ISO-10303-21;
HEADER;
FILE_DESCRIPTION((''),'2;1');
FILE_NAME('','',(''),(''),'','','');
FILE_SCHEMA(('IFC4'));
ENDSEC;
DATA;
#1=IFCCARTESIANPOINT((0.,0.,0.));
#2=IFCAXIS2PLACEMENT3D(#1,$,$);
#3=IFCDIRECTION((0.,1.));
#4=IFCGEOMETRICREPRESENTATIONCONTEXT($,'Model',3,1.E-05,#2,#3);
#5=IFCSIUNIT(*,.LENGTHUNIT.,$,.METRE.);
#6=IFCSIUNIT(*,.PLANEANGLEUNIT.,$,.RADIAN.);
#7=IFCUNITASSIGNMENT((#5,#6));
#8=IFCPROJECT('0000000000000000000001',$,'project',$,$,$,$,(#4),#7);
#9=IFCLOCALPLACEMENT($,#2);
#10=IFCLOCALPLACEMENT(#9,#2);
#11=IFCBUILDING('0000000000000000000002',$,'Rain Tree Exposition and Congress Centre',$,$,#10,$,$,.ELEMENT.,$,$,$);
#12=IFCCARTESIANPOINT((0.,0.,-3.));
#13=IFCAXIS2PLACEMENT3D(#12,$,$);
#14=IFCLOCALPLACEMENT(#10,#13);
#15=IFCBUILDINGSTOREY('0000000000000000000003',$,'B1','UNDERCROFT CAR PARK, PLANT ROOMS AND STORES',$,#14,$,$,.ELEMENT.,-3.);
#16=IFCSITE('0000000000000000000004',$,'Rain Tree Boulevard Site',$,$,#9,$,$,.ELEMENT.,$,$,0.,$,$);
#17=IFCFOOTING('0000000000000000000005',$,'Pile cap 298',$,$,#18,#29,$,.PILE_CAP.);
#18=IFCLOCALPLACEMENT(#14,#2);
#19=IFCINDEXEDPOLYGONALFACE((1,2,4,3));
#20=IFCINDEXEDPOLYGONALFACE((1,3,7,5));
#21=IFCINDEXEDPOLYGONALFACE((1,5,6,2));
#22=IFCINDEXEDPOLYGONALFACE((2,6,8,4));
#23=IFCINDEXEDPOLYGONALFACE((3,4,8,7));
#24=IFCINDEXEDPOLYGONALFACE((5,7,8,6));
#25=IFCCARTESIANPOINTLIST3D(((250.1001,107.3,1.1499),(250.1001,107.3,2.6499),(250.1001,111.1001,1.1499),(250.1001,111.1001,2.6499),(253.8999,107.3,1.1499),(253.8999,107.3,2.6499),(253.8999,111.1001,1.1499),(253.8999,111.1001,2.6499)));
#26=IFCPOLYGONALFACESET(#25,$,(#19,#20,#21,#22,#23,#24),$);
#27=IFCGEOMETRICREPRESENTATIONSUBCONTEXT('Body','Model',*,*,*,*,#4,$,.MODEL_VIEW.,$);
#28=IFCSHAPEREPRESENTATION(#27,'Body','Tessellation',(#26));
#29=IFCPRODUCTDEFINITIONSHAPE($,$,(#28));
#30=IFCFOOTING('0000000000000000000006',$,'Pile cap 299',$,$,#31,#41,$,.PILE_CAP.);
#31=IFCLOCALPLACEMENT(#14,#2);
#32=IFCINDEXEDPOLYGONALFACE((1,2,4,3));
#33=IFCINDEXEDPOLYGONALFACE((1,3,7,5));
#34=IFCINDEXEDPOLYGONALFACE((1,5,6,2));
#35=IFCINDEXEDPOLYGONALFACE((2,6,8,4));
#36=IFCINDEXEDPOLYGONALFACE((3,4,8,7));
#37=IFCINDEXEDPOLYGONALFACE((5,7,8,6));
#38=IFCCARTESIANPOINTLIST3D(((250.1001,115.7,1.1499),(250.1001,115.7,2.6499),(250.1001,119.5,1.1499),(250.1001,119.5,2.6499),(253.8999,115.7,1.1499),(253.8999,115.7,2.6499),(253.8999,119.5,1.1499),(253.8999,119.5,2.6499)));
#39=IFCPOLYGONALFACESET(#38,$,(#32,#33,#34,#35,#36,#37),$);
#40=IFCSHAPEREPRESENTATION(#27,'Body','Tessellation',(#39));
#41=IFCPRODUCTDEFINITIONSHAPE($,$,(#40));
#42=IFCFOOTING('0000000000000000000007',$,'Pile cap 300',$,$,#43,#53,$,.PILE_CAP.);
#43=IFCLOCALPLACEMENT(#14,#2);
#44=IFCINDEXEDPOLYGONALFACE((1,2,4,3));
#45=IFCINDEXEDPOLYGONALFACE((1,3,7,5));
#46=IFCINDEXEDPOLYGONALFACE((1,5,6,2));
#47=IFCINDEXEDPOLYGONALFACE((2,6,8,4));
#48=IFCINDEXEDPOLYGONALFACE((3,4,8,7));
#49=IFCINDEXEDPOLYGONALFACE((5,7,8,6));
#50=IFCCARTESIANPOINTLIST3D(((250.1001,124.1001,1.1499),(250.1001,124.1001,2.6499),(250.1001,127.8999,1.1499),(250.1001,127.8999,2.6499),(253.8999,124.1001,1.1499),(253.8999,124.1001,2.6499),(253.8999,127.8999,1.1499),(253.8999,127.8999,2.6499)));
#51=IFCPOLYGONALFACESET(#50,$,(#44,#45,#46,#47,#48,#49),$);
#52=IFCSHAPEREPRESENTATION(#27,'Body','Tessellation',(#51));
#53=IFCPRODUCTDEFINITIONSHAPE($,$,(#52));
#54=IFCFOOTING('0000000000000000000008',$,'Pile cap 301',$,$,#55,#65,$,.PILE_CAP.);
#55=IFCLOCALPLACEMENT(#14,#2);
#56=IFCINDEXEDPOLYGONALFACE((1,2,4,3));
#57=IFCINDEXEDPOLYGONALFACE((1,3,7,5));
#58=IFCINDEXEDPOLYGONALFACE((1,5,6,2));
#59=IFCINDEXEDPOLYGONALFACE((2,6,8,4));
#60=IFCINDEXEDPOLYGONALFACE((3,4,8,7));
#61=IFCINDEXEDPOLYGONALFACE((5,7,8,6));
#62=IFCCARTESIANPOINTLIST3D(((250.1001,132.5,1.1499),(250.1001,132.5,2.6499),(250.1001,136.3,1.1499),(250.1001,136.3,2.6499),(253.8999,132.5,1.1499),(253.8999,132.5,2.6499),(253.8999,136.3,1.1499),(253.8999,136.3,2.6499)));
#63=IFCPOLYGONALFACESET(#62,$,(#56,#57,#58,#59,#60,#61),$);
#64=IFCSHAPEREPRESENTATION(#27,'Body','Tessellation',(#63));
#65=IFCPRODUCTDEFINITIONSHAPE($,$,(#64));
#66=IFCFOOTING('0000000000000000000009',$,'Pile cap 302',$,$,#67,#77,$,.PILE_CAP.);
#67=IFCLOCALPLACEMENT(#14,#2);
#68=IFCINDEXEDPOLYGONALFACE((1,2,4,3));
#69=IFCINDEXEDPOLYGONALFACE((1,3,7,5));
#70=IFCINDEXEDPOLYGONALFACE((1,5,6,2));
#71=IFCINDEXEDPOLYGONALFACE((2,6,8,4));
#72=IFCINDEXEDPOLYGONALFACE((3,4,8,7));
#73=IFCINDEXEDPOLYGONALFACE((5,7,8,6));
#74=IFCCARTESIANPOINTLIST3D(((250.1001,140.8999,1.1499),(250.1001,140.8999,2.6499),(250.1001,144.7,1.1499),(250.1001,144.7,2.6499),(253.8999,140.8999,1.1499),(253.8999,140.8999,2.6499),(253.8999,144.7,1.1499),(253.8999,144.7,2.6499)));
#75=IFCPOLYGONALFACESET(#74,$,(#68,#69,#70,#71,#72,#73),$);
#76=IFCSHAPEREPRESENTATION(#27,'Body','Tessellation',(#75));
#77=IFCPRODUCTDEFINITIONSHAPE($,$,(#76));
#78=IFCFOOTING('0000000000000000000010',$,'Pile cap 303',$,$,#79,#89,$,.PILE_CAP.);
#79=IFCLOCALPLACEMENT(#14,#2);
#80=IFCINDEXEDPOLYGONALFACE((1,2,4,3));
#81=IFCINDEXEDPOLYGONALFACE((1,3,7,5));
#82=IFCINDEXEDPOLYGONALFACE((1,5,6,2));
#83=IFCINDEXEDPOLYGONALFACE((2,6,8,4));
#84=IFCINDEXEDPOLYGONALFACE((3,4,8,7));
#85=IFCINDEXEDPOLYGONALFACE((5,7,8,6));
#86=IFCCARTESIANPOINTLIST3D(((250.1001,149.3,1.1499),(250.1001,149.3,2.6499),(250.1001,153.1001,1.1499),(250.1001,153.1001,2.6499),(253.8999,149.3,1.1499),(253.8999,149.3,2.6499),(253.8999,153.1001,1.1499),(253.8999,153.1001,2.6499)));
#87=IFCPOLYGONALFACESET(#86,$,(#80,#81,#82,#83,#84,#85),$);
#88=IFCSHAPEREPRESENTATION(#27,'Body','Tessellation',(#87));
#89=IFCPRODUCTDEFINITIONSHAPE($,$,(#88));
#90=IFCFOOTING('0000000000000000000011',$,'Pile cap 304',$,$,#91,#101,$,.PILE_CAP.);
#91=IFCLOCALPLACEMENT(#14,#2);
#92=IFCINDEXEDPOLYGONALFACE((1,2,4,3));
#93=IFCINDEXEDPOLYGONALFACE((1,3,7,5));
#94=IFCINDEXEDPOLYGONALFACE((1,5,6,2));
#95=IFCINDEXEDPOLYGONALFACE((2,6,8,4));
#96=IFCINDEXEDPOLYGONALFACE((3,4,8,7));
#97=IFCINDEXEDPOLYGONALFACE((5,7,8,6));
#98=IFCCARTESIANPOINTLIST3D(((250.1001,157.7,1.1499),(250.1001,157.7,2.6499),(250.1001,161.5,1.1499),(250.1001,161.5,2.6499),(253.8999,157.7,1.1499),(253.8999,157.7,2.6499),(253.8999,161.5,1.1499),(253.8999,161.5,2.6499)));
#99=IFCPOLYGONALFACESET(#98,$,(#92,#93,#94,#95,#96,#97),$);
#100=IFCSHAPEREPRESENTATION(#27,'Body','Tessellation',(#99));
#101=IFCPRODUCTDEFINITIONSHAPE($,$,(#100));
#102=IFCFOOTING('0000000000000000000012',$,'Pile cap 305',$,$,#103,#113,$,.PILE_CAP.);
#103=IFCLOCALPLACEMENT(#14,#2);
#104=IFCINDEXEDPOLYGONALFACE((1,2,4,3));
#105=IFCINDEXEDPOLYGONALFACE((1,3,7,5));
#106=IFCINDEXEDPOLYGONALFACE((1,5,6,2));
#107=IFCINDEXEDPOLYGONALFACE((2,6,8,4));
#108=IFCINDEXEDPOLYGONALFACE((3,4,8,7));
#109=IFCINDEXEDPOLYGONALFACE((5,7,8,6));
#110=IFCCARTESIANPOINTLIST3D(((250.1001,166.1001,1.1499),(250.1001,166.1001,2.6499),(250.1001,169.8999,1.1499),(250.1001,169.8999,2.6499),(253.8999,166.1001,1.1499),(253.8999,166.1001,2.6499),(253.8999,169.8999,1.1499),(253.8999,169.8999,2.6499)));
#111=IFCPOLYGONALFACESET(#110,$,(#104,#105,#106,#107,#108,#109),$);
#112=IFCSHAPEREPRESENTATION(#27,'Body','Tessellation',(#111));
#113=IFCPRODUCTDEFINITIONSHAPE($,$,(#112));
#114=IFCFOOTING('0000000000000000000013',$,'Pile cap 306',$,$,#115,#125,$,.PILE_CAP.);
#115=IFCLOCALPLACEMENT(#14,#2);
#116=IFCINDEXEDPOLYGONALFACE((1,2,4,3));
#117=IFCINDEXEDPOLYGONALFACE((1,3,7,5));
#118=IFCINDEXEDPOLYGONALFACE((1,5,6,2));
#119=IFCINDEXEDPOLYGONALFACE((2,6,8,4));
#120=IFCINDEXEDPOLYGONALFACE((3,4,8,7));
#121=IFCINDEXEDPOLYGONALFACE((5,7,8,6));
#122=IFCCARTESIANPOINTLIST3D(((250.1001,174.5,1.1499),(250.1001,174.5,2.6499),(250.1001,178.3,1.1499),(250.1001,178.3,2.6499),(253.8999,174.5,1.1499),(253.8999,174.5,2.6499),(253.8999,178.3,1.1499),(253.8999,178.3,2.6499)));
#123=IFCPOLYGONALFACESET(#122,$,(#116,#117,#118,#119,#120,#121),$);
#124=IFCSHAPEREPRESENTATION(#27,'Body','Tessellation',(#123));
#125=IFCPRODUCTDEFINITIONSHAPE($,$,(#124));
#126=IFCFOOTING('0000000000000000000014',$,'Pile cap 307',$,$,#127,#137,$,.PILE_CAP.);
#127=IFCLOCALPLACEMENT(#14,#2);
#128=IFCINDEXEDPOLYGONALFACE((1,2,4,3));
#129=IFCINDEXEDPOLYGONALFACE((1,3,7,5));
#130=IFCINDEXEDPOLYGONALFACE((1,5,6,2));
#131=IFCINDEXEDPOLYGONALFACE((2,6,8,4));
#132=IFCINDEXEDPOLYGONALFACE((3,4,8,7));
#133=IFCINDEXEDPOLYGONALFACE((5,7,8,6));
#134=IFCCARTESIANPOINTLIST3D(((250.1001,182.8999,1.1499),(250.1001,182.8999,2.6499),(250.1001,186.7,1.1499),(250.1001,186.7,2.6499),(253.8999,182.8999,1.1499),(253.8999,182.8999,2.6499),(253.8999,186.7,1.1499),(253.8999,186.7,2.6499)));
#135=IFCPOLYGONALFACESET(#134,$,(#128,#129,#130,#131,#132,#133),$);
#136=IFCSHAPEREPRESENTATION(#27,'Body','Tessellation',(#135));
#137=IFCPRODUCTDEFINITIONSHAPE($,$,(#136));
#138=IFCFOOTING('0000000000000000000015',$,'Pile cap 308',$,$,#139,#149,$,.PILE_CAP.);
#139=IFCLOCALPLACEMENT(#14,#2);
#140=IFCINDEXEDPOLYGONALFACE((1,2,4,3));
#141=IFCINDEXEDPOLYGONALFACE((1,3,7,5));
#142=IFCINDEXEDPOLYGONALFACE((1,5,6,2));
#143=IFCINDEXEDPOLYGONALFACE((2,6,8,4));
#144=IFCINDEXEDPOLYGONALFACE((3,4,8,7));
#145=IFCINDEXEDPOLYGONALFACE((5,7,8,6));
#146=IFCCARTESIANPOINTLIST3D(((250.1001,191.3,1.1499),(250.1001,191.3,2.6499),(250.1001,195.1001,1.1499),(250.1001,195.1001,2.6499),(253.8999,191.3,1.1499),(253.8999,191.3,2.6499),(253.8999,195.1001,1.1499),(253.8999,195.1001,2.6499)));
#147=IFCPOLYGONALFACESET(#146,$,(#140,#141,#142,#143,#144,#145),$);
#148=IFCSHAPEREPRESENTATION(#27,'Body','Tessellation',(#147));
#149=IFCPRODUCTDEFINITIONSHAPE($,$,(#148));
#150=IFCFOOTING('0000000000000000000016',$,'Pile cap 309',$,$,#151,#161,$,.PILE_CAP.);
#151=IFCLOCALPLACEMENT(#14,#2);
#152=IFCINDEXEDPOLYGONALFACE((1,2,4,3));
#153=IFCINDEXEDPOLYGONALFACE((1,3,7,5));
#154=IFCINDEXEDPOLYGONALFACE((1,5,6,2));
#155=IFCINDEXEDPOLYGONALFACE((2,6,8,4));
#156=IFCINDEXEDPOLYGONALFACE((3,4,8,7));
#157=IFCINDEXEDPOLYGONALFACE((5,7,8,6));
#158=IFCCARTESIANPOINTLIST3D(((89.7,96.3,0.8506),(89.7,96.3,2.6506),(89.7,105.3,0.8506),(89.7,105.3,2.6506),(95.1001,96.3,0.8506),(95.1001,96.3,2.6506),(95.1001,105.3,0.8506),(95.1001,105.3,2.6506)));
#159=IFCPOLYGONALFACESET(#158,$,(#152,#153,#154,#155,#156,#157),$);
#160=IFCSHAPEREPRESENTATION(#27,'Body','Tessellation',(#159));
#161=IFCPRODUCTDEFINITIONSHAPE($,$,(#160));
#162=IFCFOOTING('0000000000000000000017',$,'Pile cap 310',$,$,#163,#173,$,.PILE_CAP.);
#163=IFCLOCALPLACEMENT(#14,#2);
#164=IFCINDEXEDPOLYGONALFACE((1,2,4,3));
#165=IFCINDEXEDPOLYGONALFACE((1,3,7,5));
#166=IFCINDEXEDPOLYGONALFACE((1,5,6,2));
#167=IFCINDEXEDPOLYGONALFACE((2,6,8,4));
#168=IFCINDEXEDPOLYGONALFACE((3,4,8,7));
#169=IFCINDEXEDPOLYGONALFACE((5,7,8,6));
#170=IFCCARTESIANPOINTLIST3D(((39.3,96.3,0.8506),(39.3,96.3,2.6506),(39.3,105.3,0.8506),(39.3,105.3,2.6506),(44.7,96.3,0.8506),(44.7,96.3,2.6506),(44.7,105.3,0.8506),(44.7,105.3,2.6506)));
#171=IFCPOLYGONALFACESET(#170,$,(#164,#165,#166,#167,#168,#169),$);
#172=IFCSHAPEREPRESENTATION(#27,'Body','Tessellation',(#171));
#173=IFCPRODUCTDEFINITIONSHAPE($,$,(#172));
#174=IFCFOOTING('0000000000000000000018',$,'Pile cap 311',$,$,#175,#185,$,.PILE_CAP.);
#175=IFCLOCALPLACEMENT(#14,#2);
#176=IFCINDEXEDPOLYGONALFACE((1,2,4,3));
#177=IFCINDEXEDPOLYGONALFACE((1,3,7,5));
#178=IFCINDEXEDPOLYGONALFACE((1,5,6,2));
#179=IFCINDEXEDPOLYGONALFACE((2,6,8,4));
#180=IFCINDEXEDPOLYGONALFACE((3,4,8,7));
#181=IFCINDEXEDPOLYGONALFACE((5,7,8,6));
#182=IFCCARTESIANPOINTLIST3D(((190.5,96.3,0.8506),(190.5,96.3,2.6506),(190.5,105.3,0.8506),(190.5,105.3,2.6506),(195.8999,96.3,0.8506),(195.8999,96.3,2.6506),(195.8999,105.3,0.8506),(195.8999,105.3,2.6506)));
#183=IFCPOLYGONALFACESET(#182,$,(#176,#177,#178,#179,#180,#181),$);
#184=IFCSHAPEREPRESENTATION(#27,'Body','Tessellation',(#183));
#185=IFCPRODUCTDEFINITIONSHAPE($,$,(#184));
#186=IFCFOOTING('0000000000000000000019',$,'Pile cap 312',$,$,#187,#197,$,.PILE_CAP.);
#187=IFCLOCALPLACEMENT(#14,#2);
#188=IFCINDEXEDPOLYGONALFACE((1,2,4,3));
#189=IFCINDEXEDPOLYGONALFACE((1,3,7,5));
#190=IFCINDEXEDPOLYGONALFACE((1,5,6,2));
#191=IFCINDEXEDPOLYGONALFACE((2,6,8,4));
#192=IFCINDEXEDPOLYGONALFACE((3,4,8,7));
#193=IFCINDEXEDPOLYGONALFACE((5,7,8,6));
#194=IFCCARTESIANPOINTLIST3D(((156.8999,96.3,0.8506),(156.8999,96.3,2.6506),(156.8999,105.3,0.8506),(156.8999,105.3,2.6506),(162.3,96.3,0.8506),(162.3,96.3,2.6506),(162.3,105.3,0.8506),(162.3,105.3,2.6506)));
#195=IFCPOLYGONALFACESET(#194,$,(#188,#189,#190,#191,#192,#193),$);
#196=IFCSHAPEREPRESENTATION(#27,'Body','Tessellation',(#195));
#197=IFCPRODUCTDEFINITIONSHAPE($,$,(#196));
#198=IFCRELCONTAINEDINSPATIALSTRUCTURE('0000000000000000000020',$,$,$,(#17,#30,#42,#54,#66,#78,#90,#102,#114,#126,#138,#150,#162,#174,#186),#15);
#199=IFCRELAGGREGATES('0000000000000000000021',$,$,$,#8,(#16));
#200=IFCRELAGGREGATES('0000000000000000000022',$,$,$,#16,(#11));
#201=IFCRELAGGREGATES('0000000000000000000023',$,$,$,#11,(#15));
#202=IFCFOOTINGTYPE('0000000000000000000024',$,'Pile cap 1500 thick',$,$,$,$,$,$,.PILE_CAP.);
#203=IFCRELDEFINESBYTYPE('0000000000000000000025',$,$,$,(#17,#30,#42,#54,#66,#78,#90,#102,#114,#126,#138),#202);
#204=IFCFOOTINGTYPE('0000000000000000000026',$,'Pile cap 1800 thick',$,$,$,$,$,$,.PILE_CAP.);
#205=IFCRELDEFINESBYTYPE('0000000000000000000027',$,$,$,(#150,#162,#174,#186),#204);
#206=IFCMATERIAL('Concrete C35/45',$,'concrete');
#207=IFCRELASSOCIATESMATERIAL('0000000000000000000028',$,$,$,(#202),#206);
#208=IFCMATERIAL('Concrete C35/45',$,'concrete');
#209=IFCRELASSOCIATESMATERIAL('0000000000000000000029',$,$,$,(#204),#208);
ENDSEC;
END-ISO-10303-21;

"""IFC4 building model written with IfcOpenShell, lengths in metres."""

from ifc_helpers import new_model, si_unit, direction, frame, origin, place, context, subcontext, project, spatial, polyline, outline, extrude, material, type_object, element, save


model = new_model("IFC4")

# Units and contexts
model_context = context("Model", 3, precision=1e-05, world=origin(), true_north=direction((0.0, 1.0)))
body_context = subcontext(model_context, "Body", "Model", "MODEL_VIEW")
ifc_project = project(units=[si_unit("LENGTHUNIT", "METRE"), si_unit("PLANEANGLEUNIT", "RADIAN")], contexts=[model_context])

# Site, building, storey
site_placement = place(None, origin())
site = spatial("IfcSite", under=ifc_project, at=site_placement, Name="Rain Tree Boulevard Site", CompositionType="ELEMENT", RefElevation=0.0)
building_placement = place(site_placement, origin())
building = spatial("IfcBuilding", under=site, at=building_placement, Name="Rain Tree Exposition and Congress Centre", CompositionType="ELEMENT")
storey_placement = place(building_placement, frame((0.0, 0.0, -3.0)))
storey = spatial("IfcBuildingStorey", under=building, at=storey_placement, Name="B1", Description="UNDERCROFT CAR PARK, PLANT ROOMS AND STORES", CompositionType="ELEMENT", Elevation=-3.0)

# Footings
ifc_material_1 = material(Name="Concrete C35/45", Category="concrete")
footing_type_1 = type_object("IfcFootingType", Name="Pile cap 1500 thick", PredefinedType="PILE_CAP", material=ifc_material_1)
footing_1_placement = place(storey_placement, frame((0.0, 0.0, 1.1499)))
element("IfcFooting", 1, at=footing_1_placement, inside=storey, type_object=footing_type_1, Name="Pile cap 298", PredefinedType="PILE_CAP", context=body_context, shape_type="SweptSolid", body=[
    extrude(outline(polyline([(253.8999, 107.3), (253.8999, 111.1001), (250.1001, 111.1001), (250.1001, 107.3), (253.8999, 107.3)])), origin(), (0.0, 0.0, 1.0), 1.5),
])
footing_2_placement = place(storey_placement, frame((0.0, 0.0, 1.1499)))
element("IfcFooting", 2, at=footing_2_placement, inside=storey, type_object=footing_type_1, Name="Pile cap 299", PredefinedType="PILE_CAP", context=body_context, shape_type="SweptSolid", body=[
    extrude(outline(polyline([(253.8999, 115.7), (253.8999, 119.5), (250.1001, 119.5), (250.1001, 115.7), (253.8999, 115.7)])), origin(), (0.0, 0.0, 1.0), 1.5),
])
footing_3_placement = place(storey_placement, frame((0.0, 0.0, 1.1499)))
element("IfcFooting", 3, at=footing_3_placement, inside=storey, type_object=footing_type_1, Name="Pile cap 300", PredefinedType="PILE_CAP", context=body_context, shape_type="SweptSolid", body=[
    extrude(outline(polyline([(253.8999, 124.1001), (253.8999, 127.8999), (250.1001, 127.8999), (250.1001, 124.1001), (253.8999, 124.1001)])), origin(), (0.0, 0.0, 1.0), 1.5),
])
footing_4_placement = place(storey_placement, frame((0.0, 0.0, 1.1499)))
element("IfcFooting", 4, at=footing_4_placement, inside=storey, type_object=footing_type_1, Name="Pile cap 301", PredefinedType="PILE_CAP", context=body_context, shape_type="SweptSolid", body=[
    extrude(outline(polyline([(253.8999, 132.5), (253.8999, 136.3), (250.1001, 136.3), (250.1001, 132.5), (253.8999, 132.5)])), origin(), (0.0, 0.0, 1.0), 1.5),
])
footing_5_placement = place(storey_placement, frame((0.0, 0.0, 1.1499)))
element("IfcFooting", 5, at=footing_5_placement, inside=storey, type_object=footing_type_1, Name="Pile cap 302", PredefinedType="PILE_CAP", context=body_context, shape_type="SweptSolid", body=[
    extrude(outline(polyline([(253.8999, 140.8999), (253.8999, 144.7), (250.1001, 144.7), (250.1001, 140.8999), (253.8999, 140.8999)])), origin(), (0.0, 0.0, 1.0), 1.5),
])
footing_6_placement = place(storey_placement, frame((0.0, 0.0, 1.1499)))
element("IfcFooting", 6, at=footing_6_placement, inside=storey, type_object=footing_type_1, Name="Pile cap 303", PredefinedType="PILE_CAP", context=body_context, shape_type="SweptSolid", body=[
    extrude(outline(polyline([(253.8999, 149.3), (253.8999, 153.1001), (250.1001, 153.1001), (250.1001, 149.3), (253.8999, 149.3)])), origin(), (0.0, 0.0, 1.0), 1.5),
])
footing_7_placement = place(storey_placement, frame((0.0, 0.0, 1.1499)))
element("IfcFooting", 7, at=footing_7_placement, inside=storey, type_object=footing_type_1, Name="Pile cap 304", PredefinedType="PILE_CAP", context=body_context, shape_type="SweptSolid", body=[
    extrude(outline(polyline([(253.8999, 157.7), (253.8999, 161.5), (250.1001, 161.5), (250.1001, 157.7), (253.8999, 157.7)])), origin(), (0.0, 0.0, 1.0), 1.5),
])
footing_8_placement = place(storey_placement, frame((0.0, 0.0, 1.1499)))
element("IfcFooting", 8, at=footing_8_placement, inside=storey, type_object=footing_type_1, Name="Pile cap 305", PredefinedType="PILE_CAP", context=body_context, shape_type="SweptSolid", body=[
    extrude(outline(polyline([(253.8999, 166.1001), (253.8999, 169.8999), (250.1001, 169.8999), (250.1001, 166.1001), (253.8999, 166.1001)])), origin(), (0.0, 0.0, 1.0), 1.5),
])
footing_9_placement = place(storey_placement, frame((0.0, 0.0, 1.1499)))
element("IfcFooting", 9, at=footing_9_placement, inside=storey, type_object=footing_type_1, Name="Pile cap 306", PredefinedType="PILE_CAP", context=body_context, shape_type="SweptSolid", body=[
    extrude(outline(polyline([(253.8999, 174.5), (253.8999, 178.3), (250.1001, 178.3), (250.1001, 174.5), (253.8999, 174.5)])), origin(), (0.0, 0.0, 1.0), 1.5),
])
footing_10_placement = place(storey_placement, frame((0.0, 0.0, 1.1499)))
element("IfcFooting", 10, at=footing_10_placement, inside=storey, type_object=footing_type_1, Name="Pile cap 307", PredefinedType="PILE_CAP", context=body_context, shape_type="SweptSolid", body=[
    extrude(outline(polyline([(253.8999, 182.8999), (253.8999, 186.7), (250.1001, 186.7), (250.1001, 182.8999), (253.8999, 182.8999)])), origin(), (0.0, 0.0, 1.0), 1.5),
])
footing_11_placement = place(storey_placement, frame((0.0, 0.0, 1.1499)))
element("IfcFooting", 11, at=footing_11_placement, inside=storey, type_object=footing_type_1, Name="Pile cap 308", PredefinedType="PILE_CAP", context=body_context, shape_type="SweptSolid", body=[
    extrude(outline(polyline([(253.8999, 191.3), (253.8999, 195.1001), (250.1001, 195.1001), (250.1001, 191.3), (253.8999, 191.3)])), origin(), (0.0, 0.0, 1.0), 1.5),
])
ifc_material_2 = material(Name="Concrete C35/45", Category="concrete")
footing_type_2 = type_object("IfcFootingType", Name="Pile cap 1800 thick", PredefinedType="PILE_CAP", material=ifc_material_2)
footing_12_placement = place(storey_placement, frame((0.0, 0.0, 0.8506)))
element("IfcFooting", 12, at=footing_12_placement, inside=storey, type_object=footing_type_2, Name="Pile cap 309", PredefinedType="PILE_CAP", context=body_context, shape_type="SweptSolid", body=[
    extrude(outline(polyline([(89.7, 96.3), (95.1001, 96.3), (95.1001, 105.3), (89.7, 105.3), (89.7, 96.3)])), origin(), (0.0, 0.0, 1.0), 1.8),
])
footing_13_placement = place(storey_placement, frame((0.0, 0.0, 0.8506)))
element("IfcFooting", 13, at=footing_13_placement, inside=storey, type_object=footing_type_2, Name="Pile cap 310", PredefinedType="PILE_CAP", context=body_context, shape_type="SweptSolid", body=[
    extrude(outline(polyline([(39.3, 96.3), (44.7, 96.3), (44.7, 105.3), (39.3, 105.3), (39.3, 96.3)])), origin(), (0.0, 0.0, 1.0), 1.8),
])
footing_14_placement = place(storey_placement, frame((0.0, 0.0, 0.8506)))
element("IfcFooting", 14, at=footing_14_placement, inside=storey, type_object=footing_type_2, Name="Pile cap 311", PredefinedType="PILE_CAP", context=body_context, shape_type="SweptSolid", body=[
    extrude(outline(polyline([(190.5, 96.3), (195.8999, 96.3), (195.8999, 105.3), (190.5, 105.3), (190.5, 96.3)])), origin(), (0.0, 0.0, 1.0), 1.8),
])
footing_15_placement = place(storey_placement, frame((0.0, 0.0, 0.8506)))
element("IfcFooting", 15, at=footing_15_placement, inside=storey, type_object=footing_type_2, Name="Pile cap 312", PredefinedType="PILE_CAP", context=body_context, shape_type="SweptSolid", body=[
    extrude(outline(polyline([(156.8999, 96.3), (162.3, 96.3), (162.3, 105.3), (156.8999, 105.3), (156.8999, 96.3)])), origin(), (0.0, 0.0, 1.0), 1.8),
])

save(model, "model.ifc")
